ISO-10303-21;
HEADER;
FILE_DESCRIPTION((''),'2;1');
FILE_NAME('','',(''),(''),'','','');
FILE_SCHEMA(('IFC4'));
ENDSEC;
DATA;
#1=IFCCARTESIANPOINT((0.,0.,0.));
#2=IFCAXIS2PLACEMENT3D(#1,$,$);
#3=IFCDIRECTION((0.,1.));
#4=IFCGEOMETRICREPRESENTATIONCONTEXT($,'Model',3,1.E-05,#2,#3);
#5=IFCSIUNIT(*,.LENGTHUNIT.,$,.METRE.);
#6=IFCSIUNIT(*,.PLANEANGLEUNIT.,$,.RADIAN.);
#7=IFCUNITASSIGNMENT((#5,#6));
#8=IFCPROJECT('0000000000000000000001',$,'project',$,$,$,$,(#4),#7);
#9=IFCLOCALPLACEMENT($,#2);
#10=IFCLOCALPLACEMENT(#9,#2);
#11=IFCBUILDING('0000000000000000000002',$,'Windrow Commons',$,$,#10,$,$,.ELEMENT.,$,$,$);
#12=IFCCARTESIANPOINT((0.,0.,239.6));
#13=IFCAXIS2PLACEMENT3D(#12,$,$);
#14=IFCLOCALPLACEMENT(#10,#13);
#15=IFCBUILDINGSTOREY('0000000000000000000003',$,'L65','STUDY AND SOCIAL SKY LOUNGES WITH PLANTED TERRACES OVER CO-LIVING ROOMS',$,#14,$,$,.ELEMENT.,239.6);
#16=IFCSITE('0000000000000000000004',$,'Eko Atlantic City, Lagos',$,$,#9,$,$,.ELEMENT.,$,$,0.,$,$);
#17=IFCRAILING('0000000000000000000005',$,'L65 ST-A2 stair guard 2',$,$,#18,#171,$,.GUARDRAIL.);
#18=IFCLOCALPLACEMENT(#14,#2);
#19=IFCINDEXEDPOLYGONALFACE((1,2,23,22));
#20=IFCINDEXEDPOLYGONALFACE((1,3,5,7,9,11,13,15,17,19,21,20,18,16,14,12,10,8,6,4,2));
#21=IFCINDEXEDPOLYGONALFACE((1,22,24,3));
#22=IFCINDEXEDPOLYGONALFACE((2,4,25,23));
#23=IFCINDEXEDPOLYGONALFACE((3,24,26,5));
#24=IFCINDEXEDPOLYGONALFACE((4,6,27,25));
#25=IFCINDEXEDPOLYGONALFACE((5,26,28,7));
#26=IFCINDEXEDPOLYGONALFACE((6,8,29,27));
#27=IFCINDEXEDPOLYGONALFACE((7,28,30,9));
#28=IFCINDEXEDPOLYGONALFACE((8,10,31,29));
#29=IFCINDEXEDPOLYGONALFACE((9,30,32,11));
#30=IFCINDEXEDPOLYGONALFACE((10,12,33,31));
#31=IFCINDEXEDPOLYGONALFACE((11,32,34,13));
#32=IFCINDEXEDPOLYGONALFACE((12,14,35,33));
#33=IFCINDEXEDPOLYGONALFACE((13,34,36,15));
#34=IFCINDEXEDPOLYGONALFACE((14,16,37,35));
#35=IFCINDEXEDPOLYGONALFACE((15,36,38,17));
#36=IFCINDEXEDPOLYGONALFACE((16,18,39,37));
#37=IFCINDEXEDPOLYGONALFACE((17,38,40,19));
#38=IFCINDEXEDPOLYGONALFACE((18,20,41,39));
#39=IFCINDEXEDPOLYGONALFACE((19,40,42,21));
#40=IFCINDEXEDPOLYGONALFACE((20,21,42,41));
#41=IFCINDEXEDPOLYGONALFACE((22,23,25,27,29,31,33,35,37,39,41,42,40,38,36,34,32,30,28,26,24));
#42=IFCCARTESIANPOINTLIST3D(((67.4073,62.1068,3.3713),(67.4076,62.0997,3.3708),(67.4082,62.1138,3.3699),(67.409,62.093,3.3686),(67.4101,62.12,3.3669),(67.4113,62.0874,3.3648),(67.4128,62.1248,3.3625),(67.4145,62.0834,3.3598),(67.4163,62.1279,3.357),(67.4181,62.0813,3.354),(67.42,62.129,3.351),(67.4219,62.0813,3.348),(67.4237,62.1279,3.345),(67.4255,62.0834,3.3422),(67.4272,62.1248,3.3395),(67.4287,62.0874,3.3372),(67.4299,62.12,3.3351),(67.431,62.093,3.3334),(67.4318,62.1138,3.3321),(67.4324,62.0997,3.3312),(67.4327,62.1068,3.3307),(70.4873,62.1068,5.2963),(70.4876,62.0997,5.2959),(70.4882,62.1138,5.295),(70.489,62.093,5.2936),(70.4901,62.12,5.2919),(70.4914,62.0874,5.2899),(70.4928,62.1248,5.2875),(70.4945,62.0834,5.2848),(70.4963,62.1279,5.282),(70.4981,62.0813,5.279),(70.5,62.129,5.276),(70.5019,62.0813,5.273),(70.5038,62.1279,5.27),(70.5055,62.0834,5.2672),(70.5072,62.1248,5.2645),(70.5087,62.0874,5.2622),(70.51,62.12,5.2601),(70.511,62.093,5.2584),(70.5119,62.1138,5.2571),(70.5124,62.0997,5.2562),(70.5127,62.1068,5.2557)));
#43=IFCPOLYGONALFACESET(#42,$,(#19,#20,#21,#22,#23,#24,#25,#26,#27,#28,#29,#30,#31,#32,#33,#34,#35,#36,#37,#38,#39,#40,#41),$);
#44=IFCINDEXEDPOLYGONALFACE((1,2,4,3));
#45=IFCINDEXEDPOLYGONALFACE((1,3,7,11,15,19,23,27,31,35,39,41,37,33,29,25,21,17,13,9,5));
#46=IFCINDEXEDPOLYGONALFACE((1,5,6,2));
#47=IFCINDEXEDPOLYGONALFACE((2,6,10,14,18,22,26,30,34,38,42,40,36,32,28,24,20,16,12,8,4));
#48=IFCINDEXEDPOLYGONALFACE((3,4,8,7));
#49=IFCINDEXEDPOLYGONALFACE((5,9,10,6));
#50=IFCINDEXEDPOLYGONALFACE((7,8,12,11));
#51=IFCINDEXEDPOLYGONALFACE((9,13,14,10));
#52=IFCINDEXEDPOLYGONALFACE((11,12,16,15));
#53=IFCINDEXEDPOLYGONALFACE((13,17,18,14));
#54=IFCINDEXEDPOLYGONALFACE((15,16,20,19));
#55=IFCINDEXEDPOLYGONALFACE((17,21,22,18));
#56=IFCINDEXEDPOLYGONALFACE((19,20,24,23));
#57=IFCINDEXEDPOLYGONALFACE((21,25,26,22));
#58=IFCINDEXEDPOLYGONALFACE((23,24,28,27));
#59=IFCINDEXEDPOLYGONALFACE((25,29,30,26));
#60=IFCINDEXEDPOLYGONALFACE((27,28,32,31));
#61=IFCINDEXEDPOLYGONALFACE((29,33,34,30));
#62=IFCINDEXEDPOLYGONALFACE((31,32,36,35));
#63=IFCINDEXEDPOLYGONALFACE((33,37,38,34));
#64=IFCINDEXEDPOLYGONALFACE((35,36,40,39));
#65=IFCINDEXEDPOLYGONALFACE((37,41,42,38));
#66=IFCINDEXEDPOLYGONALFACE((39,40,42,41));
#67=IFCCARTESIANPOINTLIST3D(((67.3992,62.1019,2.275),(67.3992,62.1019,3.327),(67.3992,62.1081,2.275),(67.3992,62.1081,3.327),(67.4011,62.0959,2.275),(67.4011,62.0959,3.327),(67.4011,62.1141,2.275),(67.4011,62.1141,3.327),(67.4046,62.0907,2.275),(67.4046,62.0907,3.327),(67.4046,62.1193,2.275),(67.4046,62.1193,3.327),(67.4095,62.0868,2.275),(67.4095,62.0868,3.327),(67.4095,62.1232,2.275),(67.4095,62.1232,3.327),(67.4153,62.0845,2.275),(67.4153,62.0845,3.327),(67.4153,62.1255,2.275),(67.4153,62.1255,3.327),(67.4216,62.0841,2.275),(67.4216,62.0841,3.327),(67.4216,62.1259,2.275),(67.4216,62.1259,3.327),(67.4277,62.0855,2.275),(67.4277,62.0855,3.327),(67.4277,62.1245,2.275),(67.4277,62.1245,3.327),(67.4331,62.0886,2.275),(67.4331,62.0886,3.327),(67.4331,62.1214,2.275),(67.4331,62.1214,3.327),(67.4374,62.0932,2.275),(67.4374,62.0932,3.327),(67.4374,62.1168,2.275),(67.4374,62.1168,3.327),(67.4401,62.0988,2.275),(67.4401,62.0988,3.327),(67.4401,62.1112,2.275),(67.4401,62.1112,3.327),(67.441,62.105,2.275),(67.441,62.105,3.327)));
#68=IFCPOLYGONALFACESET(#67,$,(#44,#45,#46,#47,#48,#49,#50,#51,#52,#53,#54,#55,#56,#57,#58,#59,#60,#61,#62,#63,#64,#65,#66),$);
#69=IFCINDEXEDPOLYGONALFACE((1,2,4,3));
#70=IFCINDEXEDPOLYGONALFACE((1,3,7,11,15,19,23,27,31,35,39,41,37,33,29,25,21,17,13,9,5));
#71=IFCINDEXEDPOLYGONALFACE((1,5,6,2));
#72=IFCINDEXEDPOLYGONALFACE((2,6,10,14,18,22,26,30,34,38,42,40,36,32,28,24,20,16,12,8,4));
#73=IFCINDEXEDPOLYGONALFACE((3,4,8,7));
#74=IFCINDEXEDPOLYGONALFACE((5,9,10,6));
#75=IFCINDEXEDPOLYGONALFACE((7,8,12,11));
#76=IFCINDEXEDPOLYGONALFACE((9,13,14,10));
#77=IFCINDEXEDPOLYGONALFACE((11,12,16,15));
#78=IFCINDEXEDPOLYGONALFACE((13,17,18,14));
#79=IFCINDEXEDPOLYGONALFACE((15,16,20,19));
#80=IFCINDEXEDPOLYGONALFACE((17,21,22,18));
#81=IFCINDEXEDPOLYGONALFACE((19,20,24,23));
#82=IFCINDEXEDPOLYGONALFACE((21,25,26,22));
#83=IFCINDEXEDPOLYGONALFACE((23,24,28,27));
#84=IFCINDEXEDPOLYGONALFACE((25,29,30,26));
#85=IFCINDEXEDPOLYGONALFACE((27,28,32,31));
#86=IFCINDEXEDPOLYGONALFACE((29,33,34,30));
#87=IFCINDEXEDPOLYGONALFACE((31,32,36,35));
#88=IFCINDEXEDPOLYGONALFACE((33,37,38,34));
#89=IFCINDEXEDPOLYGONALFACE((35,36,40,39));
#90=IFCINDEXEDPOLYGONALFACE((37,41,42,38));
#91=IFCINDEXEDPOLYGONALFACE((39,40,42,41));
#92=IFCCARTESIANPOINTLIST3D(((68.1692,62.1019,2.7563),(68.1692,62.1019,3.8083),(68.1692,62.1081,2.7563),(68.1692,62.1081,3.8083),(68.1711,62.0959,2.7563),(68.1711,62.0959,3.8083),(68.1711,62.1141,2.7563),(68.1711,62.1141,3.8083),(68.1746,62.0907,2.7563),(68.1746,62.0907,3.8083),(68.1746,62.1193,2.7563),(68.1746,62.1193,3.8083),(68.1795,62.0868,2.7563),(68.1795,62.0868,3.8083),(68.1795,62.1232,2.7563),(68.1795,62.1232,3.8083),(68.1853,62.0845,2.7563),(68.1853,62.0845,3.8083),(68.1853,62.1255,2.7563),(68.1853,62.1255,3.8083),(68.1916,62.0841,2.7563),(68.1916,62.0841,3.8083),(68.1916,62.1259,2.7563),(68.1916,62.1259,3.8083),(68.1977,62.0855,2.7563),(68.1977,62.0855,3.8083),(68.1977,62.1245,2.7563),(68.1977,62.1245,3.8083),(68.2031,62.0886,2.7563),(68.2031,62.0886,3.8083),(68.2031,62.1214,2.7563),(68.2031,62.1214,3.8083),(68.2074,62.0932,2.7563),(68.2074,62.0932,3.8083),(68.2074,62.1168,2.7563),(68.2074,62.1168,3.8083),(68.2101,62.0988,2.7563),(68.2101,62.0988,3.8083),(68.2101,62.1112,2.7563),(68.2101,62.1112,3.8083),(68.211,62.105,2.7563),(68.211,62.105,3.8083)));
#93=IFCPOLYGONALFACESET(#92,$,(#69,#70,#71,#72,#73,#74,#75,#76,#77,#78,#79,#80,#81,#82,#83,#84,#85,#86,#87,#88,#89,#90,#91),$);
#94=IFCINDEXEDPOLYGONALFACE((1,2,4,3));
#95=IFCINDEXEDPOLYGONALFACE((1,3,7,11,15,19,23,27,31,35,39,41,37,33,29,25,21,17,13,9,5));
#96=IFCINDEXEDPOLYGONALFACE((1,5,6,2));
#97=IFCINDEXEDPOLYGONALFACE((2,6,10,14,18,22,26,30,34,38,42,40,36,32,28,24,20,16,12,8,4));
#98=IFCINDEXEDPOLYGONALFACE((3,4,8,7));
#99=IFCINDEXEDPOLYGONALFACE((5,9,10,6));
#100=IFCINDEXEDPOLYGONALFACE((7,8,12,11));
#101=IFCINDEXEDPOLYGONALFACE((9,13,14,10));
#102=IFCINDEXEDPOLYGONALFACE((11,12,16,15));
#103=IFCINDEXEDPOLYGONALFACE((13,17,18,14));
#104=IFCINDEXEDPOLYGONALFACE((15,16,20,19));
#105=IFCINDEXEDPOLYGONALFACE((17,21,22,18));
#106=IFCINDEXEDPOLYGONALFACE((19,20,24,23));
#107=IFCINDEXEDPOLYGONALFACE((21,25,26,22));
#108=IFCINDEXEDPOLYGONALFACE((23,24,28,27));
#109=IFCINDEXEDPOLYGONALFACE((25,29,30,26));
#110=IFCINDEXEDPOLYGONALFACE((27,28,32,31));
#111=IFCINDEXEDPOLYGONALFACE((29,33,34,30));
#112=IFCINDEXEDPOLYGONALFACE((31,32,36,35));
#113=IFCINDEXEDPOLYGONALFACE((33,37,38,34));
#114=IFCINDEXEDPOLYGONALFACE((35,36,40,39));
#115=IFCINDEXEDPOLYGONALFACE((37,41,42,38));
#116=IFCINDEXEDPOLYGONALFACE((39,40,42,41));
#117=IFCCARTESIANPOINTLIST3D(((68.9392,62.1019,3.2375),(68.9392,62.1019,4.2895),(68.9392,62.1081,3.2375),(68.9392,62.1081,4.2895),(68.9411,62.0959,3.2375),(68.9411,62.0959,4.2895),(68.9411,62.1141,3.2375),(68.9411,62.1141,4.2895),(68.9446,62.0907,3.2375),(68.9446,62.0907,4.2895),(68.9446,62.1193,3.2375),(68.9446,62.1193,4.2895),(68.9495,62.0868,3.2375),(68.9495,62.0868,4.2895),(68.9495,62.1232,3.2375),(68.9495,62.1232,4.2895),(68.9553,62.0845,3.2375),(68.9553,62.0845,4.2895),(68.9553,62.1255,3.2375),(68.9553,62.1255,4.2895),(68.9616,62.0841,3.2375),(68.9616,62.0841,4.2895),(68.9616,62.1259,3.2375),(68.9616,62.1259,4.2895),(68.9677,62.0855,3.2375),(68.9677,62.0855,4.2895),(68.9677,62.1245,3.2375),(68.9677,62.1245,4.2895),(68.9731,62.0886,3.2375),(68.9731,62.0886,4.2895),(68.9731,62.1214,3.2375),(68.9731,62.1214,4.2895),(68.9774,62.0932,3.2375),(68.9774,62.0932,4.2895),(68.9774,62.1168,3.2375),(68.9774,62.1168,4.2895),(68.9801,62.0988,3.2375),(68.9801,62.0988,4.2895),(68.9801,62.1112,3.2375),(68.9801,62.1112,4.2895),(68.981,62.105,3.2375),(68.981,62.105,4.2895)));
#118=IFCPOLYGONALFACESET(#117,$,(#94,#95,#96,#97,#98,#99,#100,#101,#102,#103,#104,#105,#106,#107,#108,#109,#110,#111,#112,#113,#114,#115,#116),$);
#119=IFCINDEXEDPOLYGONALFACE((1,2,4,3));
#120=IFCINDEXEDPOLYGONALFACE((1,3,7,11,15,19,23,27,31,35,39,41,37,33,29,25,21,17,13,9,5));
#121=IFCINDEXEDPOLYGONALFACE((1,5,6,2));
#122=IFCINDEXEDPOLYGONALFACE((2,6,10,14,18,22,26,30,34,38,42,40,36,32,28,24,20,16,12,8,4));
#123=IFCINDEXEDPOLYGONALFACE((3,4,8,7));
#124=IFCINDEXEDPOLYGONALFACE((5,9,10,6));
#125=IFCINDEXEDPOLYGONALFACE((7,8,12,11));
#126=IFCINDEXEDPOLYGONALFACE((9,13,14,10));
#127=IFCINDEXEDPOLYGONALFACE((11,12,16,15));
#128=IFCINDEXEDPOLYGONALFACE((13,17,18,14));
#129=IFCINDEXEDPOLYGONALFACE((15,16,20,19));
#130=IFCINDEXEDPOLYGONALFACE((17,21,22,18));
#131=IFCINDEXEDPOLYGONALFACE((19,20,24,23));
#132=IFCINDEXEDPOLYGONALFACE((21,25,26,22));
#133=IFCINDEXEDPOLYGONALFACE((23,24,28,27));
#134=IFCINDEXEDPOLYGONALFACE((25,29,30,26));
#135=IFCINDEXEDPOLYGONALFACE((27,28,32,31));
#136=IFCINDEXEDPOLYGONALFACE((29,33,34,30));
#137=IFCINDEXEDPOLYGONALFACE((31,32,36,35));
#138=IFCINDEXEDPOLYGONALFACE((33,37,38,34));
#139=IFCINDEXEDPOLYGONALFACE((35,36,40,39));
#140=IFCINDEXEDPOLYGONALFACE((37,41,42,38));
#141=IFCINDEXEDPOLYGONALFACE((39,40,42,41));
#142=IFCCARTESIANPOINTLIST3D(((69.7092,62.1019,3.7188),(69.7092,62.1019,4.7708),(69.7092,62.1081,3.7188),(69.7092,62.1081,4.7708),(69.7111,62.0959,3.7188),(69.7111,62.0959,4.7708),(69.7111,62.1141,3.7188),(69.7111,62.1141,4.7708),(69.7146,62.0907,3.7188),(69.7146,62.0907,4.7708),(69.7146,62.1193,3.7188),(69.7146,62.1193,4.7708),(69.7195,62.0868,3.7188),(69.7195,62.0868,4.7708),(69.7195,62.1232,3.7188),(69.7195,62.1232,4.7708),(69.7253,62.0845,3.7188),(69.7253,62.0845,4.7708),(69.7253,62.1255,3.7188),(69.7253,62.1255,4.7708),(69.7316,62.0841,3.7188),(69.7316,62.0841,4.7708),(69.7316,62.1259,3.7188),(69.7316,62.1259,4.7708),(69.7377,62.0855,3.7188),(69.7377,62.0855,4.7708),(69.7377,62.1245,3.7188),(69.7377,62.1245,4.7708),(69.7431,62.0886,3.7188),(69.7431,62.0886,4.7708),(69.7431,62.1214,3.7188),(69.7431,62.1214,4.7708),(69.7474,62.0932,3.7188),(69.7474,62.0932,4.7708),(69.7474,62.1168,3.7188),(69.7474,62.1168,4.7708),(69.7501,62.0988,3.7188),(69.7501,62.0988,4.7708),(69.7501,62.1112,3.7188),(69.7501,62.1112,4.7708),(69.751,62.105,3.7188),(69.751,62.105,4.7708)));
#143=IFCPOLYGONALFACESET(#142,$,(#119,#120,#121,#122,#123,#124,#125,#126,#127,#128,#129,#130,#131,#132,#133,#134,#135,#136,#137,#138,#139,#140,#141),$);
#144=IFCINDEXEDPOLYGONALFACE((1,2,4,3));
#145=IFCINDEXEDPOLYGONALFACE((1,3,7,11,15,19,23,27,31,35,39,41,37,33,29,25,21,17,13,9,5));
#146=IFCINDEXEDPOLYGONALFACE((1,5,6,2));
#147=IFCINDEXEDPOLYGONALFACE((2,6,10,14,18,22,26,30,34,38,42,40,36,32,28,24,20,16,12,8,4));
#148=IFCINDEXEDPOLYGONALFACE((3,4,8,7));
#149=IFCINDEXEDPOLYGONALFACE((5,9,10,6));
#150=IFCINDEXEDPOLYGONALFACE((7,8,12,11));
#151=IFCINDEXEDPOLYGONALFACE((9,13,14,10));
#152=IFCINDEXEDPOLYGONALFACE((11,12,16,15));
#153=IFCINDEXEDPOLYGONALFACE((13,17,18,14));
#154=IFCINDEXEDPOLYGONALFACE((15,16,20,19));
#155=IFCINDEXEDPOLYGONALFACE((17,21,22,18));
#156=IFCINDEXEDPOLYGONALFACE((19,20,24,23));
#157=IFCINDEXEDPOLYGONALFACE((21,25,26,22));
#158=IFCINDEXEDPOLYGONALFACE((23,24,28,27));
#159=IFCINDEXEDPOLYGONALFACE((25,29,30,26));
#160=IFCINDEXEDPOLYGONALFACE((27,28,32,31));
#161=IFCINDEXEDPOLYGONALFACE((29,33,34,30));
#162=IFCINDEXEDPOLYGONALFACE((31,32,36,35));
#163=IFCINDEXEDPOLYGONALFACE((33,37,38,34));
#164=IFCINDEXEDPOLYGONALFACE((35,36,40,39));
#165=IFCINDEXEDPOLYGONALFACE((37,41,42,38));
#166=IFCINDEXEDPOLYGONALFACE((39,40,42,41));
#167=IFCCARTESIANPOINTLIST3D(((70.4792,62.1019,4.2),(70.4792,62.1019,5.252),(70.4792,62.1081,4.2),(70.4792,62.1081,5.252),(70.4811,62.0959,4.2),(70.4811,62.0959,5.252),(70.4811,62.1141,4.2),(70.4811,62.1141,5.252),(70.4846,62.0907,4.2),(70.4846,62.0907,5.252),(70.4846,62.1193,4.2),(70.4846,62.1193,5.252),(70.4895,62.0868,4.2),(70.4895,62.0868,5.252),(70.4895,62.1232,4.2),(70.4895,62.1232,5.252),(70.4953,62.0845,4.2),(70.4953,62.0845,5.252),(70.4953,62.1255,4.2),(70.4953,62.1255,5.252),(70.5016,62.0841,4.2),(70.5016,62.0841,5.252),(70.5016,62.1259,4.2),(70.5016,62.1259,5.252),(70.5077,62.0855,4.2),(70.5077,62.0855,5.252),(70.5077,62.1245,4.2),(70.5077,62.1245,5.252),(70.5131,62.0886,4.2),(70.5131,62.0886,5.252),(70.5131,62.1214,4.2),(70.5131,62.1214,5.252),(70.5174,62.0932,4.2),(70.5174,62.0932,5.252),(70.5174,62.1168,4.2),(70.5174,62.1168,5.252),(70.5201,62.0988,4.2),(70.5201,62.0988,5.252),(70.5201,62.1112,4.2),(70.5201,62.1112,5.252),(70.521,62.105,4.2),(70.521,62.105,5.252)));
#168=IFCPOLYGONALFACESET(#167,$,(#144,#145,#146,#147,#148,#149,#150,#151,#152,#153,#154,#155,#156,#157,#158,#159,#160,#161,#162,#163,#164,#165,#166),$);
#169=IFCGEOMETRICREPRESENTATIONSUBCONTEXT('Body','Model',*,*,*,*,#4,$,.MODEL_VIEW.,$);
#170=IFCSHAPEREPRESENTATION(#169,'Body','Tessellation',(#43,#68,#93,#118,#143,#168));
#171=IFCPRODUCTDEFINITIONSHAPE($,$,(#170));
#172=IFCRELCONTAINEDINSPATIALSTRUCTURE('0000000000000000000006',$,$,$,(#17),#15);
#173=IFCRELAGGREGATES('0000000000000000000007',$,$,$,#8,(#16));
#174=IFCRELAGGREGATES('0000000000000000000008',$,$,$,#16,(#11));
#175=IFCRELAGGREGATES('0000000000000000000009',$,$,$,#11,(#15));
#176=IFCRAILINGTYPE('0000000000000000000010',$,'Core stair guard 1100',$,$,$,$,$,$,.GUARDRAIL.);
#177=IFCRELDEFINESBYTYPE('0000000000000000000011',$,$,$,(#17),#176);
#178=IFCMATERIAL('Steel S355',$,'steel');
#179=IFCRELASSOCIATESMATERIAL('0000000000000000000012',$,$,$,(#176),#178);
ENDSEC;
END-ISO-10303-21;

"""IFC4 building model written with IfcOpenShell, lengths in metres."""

from ifc_helpers import new_model, si_unit, direction, frame, origin, origin_2d, place, context, subcontext, project, spatial, circle, extrude, material, type_object, element, save


model = new_model("IFC4")

# Units and contexts
model_context = context("Model", 3, precision=1e-05, world=origin(), true_north=direction((0.0, 1.0)))
body_context = subcontext(model_context, "Body", "Model", "MODEL_VIEW")
ifc_project = project(units=[si_unit("LENGTHUNIT", "METRE"), si_unit("PLANEANGLEUNIT", "RADIAN")], contexts=[model_context])

# Site, building, storey
site_placement = place(None, origin())
site = spatial("IfcSite", under=ifc_project, at=site_placement, Name="Eko Atlantic City, Lagos", CompositionType="ELEMENT", RefElevation=0.0)
building_placement = place(site_placement, origin())
building = spatial("IfcBuilding", under=site, at=building_placement, Name="Windrow Commons", CompositionType="ELEMENT")
storey_placement = place(building_placement, frame((0.0, 0.0, 239.6)))
storey = spatial("IfcBuildingStorey", under=building, at=storey_placement, Name="L65", Description="STUDY AND SOCIAL SKY LOUNGES WITH PLANTED TERRACES OVER CO-LIVING ROOMS", CompositionType="ELEMENT", Elevation=239.6)

# Railing
ifc_material_1 = material(Name="Steel S355", Category="steel")
railing_type_1 = type_object("IfcRailingType", Name="Core stair guard 1100", PredefinedType="GUARDRAIL", material=ifc_material_1)
railing_1_placement = place(storey_placement, frame((67.42, 62.105, 2.275)))
element("IfcRailing", 1, at=railing_1_placement, inside=storey, type_object=railing_type_1, Name="L65 ST-A2 stair guard 2", PredefinedType="GUARDRAIL", context=body_context, shape_type="SweptSolid", body=[
    extrude(circle(Radius=0.024, at=origin_2d()), frame((0.0, 0.0, 1.076), z_axis=(0.847998, 0.0, 0.529999), x_axis=(0.0, 1.0, 0.0)), (0.0, 0.0, 1.0), 3.6321),
    extrude(circle(Radius=0.021, at=origin_2d()), origin(), (0.0, 0.0, 1.0), 1.052),
    extrude(circle(Radius=0.021, at=origin_2d()), frame((0.77, 0.0, 0.4813)), (0.0, 0.0, 1.0), 1.052),
    extrude(circle(Radius=0.021, at=origin_2d()), frame((1.54, 0.0, 0.9625)), (0.0, 0.0, 1.0), 1.052),
    extrude(circle(Radius=0.021, at=origin_2d()), frame((2.31, 0.0, 1.4438)), (0.0, 0.0, 1.0), 1.052),
    extrude(circle(Radius=0.021, at=origin_2d()), frame((3.08, 0.0, 1.925)), (0.0, 0.0, 1.0), 1.052),
])

save(model, "model.ifc")
